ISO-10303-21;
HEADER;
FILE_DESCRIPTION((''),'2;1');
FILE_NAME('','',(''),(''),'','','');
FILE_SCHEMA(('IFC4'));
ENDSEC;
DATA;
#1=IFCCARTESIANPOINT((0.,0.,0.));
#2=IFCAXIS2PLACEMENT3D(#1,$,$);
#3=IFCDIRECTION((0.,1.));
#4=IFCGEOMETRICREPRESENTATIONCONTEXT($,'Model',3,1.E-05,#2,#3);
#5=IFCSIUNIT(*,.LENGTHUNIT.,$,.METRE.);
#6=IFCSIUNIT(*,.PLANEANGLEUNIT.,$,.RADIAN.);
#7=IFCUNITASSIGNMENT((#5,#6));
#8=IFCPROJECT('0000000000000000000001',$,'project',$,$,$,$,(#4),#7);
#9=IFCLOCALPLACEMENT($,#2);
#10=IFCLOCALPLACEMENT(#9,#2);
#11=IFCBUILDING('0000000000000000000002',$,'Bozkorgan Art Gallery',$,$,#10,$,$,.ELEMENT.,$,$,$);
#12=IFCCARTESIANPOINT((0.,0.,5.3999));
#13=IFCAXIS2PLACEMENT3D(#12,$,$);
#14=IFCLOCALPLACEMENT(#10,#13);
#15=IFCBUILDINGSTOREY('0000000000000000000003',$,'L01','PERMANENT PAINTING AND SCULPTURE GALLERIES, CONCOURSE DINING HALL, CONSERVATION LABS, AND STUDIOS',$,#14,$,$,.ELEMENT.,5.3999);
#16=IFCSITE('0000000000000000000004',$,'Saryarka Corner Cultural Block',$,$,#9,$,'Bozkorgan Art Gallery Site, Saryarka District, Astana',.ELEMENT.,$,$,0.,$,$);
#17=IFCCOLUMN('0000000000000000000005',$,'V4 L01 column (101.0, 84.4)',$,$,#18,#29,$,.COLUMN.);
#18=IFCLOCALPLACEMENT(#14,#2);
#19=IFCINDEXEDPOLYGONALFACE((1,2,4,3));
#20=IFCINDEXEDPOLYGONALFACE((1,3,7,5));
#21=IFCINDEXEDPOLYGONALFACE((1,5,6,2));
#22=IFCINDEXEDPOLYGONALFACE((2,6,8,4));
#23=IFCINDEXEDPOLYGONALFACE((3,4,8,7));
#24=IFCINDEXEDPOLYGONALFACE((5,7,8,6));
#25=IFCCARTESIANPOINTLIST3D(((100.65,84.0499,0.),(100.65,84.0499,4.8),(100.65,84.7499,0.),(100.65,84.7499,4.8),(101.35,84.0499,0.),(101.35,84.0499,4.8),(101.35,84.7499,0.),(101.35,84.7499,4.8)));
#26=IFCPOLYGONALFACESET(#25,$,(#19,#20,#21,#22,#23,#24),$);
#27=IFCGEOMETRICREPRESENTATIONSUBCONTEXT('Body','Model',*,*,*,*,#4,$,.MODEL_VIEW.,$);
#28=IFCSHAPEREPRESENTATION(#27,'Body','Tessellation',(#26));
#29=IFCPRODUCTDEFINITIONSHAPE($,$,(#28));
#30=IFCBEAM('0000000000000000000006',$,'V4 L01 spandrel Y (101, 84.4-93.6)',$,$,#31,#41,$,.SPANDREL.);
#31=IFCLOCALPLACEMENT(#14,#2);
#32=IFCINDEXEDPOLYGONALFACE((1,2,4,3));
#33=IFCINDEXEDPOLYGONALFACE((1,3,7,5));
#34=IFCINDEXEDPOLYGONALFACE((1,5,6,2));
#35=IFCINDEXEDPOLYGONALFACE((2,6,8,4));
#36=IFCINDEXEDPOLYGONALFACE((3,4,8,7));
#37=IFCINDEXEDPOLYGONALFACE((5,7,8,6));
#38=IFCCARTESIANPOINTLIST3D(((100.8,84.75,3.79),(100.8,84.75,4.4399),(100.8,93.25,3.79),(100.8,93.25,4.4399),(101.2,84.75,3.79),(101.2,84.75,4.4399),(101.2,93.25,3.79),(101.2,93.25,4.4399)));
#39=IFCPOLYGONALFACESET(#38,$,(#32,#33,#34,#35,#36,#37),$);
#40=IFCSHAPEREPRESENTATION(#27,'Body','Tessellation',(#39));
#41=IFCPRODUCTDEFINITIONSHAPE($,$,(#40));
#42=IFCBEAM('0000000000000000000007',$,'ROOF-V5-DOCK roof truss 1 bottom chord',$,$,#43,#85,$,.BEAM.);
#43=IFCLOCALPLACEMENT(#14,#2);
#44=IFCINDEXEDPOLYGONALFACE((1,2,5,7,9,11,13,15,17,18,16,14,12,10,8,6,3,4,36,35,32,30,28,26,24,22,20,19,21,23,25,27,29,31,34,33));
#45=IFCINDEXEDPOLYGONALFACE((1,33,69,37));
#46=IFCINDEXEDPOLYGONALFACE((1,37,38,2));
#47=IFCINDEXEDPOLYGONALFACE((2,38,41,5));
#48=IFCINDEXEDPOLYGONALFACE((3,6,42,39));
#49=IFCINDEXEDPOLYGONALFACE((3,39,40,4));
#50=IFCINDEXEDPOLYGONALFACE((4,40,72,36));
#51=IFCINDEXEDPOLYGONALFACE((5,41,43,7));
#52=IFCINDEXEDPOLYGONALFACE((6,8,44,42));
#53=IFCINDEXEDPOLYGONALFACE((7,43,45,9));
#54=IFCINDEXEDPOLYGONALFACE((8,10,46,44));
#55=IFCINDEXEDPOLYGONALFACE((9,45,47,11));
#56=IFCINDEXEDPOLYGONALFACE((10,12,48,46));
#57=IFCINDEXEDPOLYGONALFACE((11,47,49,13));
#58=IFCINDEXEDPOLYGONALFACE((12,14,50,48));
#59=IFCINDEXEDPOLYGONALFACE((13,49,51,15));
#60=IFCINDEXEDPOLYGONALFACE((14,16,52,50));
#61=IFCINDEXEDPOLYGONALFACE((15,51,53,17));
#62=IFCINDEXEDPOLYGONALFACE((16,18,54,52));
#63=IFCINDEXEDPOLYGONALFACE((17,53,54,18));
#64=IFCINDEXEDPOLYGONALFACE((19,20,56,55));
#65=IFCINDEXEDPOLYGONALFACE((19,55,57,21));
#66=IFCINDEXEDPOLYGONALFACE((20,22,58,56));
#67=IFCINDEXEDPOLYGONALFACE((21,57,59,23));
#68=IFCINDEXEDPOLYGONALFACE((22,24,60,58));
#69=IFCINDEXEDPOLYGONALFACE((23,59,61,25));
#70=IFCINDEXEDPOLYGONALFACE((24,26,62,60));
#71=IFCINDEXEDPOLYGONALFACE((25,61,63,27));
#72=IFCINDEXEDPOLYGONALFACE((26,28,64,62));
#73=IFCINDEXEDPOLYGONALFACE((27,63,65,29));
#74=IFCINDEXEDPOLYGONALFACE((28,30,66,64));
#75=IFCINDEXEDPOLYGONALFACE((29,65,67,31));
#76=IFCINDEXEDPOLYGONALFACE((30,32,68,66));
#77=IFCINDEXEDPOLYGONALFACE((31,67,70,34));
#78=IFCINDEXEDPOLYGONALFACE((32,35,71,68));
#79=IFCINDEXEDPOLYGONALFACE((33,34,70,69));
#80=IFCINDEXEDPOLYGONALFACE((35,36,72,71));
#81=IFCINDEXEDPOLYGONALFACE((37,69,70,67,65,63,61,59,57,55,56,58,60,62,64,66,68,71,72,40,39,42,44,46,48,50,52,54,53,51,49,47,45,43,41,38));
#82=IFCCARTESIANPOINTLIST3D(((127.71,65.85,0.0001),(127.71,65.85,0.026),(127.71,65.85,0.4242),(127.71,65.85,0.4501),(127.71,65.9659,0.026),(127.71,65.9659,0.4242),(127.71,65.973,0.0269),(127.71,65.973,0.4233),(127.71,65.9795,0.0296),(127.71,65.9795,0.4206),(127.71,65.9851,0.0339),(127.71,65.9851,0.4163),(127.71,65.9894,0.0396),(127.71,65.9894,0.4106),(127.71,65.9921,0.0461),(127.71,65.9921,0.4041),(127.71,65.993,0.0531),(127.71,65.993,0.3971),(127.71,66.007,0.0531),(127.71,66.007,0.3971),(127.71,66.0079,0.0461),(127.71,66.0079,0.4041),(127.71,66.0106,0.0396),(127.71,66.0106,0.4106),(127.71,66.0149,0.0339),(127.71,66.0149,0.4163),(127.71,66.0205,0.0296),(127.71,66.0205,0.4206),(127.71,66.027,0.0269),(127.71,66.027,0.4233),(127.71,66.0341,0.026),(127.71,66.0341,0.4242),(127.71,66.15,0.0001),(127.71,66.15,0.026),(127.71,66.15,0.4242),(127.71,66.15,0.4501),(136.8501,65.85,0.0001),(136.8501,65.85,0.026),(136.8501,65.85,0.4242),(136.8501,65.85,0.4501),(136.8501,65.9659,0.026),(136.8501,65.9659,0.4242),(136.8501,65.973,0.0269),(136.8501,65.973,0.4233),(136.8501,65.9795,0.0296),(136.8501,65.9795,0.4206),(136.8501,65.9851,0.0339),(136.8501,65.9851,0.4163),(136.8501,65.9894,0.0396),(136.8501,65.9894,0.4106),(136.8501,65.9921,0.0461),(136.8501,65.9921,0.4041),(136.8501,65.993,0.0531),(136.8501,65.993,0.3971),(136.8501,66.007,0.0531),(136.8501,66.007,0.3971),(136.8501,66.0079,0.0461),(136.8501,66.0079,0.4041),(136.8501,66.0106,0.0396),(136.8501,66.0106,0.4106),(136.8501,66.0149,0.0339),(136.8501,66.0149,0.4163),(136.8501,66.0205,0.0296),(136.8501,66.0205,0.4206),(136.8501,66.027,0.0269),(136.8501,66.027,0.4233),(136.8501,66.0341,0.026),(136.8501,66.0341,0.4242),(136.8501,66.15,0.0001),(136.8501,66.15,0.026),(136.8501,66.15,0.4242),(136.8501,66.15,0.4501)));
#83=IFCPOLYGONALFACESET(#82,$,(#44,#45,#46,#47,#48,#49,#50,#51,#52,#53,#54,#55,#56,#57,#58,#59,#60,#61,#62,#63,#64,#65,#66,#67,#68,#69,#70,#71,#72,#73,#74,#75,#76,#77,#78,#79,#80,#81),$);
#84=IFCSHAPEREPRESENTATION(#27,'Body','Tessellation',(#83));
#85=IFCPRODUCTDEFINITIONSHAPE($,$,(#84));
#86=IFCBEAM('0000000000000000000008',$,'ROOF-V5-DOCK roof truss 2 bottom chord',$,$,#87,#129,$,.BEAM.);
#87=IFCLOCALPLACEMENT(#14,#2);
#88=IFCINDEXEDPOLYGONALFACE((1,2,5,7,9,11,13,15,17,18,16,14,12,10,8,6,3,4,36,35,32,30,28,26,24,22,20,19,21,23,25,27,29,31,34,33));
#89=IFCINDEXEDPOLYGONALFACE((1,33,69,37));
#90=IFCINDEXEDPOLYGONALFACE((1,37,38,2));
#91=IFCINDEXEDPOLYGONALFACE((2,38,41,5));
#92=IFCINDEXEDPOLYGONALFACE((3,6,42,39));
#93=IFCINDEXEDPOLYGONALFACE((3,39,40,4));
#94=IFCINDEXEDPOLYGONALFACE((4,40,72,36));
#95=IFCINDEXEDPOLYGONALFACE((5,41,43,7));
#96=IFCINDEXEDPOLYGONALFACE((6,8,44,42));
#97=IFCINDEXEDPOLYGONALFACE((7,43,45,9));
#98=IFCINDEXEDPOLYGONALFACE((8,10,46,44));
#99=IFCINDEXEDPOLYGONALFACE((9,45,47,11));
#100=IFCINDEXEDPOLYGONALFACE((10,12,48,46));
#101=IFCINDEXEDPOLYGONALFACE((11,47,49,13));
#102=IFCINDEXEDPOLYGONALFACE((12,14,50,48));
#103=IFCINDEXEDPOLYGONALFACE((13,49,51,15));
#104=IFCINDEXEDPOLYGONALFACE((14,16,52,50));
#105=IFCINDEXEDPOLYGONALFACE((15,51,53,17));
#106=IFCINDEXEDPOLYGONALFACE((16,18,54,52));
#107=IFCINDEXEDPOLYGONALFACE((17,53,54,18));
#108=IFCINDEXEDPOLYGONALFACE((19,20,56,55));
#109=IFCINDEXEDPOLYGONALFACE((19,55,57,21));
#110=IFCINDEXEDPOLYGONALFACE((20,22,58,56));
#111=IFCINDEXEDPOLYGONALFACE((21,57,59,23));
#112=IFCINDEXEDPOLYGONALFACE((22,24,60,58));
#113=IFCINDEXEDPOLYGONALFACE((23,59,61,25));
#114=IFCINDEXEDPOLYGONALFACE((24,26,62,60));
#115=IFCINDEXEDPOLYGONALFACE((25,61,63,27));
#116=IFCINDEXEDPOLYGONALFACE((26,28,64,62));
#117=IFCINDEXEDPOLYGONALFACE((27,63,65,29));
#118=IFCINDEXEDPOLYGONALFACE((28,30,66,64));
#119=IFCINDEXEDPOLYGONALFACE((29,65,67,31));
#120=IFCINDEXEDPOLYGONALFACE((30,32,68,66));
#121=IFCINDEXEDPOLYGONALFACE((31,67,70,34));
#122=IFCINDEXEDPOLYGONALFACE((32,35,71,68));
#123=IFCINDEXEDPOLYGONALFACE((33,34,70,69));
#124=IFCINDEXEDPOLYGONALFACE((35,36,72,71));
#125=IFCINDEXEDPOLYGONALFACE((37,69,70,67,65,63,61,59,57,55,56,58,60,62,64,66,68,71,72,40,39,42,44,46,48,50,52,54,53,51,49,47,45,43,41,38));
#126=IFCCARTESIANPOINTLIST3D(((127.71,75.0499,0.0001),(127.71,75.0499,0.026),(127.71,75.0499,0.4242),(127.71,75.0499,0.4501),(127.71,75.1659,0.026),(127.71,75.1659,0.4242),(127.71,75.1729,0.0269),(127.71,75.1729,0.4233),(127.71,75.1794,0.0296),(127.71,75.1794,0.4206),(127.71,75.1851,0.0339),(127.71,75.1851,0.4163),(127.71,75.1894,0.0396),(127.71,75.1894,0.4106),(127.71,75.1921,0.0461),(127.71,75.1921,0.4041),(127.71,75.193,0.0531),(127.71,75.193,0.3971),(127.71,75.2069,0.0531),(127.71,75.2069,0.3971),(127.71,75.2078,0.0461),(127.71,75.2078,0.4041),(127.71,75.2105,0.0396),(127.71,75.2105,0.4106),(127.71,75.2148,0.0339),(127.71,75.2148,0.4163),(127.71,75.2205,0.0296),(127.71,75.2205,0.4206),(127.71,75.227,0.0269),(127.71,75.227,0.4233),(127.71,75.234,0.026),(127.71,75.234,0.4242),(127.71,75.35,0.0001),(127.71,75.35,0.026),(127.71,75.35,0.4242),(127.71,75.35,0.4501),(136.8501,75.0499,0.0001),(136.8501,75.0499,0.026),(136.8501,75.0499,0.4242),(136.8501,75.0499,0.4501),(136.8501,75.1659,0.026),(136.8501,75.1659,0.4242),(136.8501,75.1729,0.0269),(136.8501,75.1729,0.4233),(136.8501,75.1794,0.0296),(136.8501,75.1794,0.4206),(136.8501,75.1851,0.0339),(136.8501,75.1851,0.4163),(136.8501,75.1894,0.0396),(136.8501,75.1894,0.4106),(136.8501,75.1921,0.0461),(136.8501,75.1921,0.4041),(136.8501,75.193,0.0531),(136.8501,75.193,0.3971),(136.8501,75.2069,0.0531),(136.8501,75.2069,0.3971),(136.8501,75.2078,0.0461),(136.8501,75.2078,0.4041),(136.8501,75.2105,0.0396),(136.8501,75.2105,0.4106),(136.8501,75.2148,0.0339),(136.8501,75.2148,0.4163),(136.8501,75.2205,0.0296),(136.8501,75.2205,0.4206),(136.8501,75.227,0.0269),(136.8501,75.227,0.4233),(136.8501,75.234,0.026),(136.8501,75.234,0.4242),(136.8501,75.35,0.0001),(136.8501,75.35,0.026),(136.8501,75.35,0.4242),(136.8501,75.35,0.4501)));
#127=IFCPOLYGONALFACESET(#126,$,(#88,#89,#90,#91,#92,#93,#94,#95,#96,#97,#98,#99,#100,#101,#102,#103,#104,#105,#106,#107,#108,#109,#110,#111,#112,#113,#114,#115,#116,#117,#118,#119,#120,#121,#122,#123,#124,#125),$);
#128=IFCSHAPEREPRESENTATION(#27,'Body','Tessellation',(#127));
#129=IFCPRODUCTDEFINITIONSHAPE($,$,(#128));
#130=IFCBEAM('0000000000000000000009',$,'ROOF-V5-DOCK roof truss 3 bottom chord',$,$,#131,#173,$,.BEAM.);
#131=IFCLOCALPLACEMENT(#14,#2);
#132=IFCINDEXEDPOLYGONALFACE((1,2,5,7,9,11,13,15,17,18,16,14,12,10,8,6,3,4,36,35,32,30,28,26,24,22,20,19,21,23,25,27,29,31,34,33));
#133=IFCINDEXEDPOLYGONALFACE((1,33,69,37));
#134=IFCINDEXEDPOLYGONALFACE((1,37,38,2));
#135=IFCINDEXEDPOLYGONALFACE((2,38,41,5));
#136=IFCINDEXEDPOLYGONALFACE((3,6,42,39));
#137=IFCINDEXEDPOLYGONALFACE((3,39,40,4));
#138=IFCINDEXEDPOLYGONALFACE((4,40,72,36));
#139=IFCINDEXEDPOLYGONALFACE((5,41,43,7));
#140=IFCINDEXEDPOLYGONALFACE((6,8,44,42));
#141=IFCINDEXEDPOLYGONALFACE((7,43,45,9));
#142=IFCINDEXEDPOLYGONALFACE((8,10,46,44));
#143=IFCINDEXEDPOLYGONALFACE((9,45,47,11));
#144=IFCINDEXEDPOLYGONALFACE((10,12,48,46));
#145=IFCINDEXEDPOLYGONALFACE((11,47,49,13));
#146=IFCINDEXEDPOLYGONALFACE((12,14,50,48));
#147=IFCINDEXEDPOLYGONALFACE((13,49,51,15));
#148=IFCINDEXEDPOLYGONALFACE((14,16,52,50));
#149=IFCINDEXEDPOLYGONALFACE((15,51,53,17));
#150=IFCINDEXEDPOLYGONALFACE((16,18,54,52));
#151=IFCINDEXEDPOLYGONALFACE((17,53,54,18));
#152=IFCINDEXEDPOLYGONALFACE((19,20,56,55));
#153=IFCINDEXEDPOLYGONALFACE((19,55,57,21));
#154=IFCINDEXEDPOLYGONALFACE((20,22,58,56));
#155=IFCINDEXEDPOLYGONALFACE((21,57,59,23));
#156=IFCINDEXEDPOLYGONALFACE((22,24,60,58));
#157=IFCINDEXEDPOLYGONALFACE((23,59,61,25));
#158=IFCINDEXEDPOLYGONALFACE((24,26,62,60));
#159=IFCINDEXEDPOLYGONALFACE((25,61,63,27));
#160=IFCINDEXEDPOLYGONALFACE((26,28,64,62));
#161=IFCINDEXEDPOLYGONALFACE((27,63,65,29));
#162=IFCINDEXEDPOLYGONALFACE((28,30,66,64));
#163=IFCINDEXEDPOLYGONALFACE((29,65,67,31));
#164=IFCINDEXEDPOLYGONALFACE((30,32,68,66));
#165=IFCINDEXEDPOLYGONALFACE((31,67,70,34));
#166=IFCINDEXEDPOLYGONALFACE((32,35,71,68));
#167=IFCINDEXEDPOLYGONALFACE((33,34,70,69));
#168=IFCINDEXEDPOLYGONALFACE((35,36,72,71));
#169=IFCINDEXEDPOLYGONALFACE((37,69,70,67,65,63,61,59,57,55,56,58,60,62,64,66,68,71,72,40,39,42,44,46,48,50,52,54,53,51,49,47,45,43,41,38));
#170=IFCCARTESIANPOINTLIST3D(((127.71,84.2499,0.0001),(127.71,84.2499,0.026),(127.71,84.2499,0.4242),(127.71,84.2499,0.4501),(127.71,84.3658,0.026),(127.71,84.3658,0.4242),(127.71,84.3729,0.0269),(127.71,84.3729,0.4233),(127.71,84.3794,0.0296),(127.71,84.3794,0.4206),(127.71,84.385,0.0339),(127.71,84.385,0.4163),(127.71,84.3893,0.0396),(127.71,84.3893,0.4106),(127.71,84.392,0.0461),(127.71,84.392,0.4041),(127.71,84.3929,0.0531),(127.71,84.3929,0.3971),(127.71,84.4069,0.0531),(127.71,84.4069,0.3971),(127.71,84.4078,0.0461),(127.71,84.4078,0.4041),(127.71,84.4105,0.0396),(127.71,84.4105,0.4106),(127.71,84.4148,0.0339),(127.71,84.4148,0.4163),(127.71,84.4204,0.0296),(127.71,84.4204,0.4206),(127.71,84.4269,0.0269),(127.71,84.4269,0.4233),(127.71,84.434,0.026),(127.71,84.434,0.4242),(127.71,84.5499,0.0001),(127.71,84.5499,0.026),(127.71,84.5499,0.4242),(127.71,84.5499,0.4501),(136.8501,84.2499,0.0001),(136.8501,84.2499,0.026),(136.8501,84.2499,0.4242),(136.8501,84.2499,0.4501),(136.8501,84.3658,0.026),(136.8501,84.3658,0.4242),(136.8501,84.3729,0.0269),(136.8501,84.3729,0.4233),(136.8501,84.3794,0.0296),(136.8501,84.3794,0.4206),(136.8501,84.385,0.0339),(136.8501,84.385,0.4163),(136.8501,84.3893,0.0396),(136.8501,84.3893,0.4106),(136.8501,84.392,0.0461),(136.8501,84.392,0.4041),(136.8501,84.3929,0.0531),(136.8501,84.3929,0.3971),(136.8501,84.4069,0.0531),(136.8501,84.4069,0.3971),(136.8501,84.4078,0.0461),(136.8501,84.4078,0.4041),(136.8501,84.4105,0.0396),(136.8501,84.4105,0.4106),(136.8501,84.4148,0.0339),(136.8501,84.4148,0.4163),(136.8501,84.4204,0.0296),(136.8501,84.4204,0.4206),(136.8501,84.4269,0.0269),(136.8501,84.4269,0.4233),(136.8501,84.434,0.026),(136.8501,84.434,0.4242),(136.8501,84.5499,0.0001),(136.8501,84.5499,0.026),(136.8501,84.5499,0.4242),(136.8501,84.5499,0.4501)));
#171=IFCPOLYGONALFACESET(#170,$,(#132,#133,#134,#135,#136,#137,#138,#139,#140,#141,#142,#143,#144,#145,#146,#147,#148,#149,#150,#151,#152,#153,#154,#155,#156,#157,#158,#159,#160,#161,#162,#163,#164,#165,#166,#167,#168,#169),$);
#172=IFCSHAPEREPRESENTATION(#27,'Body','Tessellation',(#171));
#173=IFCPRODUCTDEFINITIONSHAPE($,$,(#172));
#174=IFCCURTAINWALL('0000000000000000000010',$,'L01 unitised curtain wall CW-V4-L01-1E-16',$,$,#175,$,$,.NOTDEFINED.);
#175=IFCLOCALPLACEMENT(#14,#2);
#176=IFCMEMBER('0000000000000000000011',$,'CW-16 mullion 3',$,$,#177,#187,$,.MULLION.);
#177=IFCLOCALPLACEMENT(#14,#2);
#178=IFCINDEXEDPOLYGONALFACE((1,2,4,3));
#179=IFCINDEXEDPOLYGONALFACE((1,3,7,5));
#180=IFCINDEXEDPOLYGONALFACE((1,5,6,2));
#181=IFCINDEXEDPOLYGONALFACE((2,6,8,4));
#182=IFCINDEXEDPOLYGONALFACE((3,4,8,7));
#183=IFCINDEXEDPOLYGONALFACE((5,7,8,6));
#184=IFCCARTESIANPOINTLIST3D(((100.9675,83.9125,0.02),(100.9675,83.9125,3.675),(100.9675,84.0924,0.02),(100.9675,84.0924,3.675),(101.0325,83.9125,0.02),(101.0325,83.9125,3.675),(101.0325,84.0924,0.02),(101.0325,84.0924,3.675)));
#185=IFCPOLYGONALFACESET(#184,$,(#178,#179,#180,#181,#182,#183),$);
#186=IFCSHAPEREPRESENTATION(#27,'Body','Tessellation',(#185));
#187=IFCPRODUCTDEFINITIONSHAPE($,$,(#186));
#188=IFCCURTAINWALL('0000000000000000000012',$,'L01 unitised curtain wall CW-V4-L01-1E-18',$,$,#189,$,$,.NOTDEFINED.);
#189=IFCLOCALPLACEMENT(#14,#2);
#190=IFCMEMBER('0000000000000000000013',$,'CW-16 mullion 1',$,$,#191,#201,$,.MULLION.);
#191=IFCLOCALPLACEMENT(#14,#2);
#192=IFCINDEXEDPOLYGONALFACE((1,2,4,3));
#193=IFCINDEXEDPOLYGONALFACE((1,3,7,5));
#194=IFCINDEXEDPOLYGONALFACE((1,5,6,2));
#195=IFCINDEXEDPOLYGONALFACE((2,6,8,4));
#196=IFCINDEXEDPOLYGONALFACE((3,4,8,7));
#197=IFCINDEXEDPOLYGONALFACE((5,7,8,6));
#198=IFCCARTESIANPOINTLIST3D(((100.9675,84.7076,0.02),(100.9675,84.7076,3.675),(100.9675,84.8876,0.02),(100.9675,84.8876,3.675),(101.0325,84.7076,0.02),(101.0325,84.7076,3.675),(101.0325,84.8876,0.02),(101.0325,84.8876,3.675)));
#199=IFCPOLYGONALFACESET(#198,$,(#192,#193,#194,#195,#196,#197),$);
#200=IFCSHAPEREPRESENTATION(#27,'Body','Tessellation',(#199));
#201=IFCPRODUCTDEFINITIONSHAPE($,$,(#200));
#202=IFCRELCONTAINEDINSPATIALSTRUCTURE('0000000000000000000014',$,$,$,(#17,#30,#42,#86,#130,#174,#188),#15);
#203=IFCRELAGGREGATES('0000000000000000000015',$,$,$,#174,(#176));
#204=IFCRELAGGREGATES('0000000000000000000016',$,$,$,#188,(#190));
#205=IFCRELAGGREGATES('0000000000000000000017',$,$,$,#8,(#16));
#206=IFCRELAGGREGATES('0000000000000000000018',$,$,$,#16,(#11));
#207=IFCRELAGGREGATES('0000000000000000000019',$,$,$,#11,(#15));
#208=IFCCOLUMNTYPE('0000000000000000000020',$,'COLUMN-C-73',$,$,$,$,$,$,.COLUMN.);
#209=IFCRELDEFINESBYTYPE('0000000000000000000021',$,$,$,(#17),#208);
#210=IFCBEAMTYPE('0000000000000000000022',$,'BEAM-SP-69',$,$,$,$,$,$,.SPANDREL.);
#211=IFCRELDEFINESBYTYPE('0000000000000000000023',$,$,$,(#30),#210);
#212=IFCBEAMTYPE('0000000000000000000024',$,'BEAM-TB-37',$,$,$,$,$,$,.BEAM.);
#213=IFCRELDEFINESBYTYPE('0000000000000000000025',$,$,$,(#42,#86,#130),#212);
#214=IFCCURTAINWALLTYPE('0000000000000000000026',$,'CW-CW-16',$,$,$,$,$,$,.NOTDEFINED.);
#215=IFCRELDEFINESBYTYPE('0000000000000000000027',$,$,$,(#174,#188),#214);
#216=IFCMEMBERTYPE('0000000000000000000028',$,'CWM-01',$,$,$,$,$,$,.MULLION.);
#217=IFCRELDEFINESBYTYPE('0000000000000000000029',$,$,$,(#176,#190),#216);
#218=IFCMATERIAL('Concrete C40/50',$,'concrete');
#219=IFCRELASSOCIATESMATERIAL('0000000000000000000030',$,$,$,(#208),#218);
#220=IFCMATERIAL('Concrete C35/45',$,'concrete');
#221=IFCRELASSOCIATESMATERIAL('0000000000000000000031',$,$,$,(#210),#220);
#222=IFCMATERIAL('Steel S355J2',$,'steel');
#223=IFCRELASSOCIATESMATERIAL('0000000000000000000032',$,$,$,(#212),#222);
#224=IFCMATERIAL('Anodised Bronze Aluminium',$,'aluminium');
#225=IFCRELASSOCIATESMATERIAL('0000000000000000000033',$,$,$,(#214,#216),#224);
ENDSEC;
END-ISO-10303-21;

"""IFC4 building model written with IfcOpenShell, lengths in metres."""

from ifc_helpers import new_model, si_unit, direction, frame, origin, origin_2d, place, context, subcontext, project, spatial, rectangle, i_section, extrude, material, material_profile, profile_set, type_object, element, aggregate, save


model = new_model("IFC4")

# Units and contexts
model_context = context("Model", 3, precision=1e-05, world=origin(), true_north=direction((0.0, 1.0)))
body_context = subcontext(model_context, "Body", "Model", "MODEL_VIEW")
ifc_project = project(units=[si_unit("LENGTHUNIT", "METRE"), si_unit("PLANEANGLEUNIT", "RADIAN")], contexts=[model_context])

# Site, building, storey
site_placement = place(None, origin())
site = spatial("IfcSite", under=ifc_project, at=site_placement, Name="Saryarka Corner Cultural Block", LongName="Bozkorgan Art Gallery Site, Saryarka District, Astana", CompositionType="ELEMENT", RefElevation=0.0)
building_placement = place(site_placement, origin())
building = spatial("IfcBuilding", under=site, at=building_placement, Name="Bozkorgan Art Gallery", CompositionType="ELEMENT")
storey_placement = place(building_placement, frame((0.0, 0.0, 5.3999)))
storey = spatial("IfcBuildingStorey", under=building, at=storey_placement, Name="L01", Description="PERMANENT PAINTING AND SCULPTURE GALLERIES, CONCOURSE DINING HALL, CONSERVATION LABS, AND STUDIOS", CompositionType="ELEMENT", Elevation=5.3999)

# Column
ifc_material_1 = material(Name="Concrete C40/50", Category="concrete")
ifc_material_profile_1 = material_profile(ifc_material_1, rectangle(XDim=0.7, YDim=0.7, at=origin_2d()), Name="RC 700x700")
ifc_profile_set_1 = profile_set([ifc_material_profile_1], Name="Concrete C40/50")
column_type = type_object("IfcColumnType", Name="COLUMN-C-73", PredefinedType="COLUMN", material=ifc_profile_set_1)
column_placement = place(storey_placement, frame((101.0, 84.3999, 0.0), z_axis=(0.0, 0.0, 1.0), x_axis=(1.0, 0.0, 0.0)))
element("IfcColumn", 1, at=column_placement, inside=storey, type_object=column_type, Name="V4 L01 column (101.0, 84.4)", PredefinedType="COLUMN", context=body_context, shape_type="SweptSolid", body=[
    extrude(rectangle(XDim=0.7, YDim=0.7, at=origin_2d()), origin(), (0.0, 0.0, 1.0), 4.8),
])

# Beams
ifc_material_2 = material(Name="Concrete C35/45", Category="concrete")
ifc_material_profile_2 = material_profile(ifc_material_2, rectangle(XDim=0.3999, YDim=0.6499, at=origin_2d()), Name="RC 400x650")
ifc_profile_set_2 = profile_set([ifc_material_profile_2], Name="Concrete C35/45")
beam_type_1 = type_object("IfcBeamType", Name="BEAM-SP-69", PredefinedType="SPANDREL", material=ifc_profile_set_2)
beam_placement = place(storey_placement, frame((101.0, 84.75, 4.115), z_axis=(0.0, 1.0, 0.0), x_axis=(-1.0, 0.0, 0.0)))
element("IfcBeam", 2, at=beam_placement, inside=storey, type_object=beam_type_1, Name="V4 L01 spandrel Y (101, 84.4-93.6)", PredefinedType="SPANDREL", context=body_context, shape_type="SweptSolid", body=[
    extrude(rectangle(XDim=0.3999, YDim=0.6499, at=origin_2d()), origin(), (0.0, 0.0, 1.0), 8.5),
])
ifc_material_3 = material(Name="Steel S355J2", Category="steel")
ifc_material_profile_3 = material_profile(ifc_material_3, i_section(OverallWidth=0.3, OverallDepth=0.45, WebThickness=0.0139, FlangeThickness=0.0259, FilletRadius=0.0271, at=origin_2d()), Name="HEB 450")
ifc_profile_set_3 = profile_set([ifc_material_profile_3], Name="Steel S355J2")
beam_type_2 = type_object("IfcBeamType", Name="BEAM-TB-37", PredefinedType="BEAM", material=ifc_profile_set_3)
for number, where, z_axis, x_axis, name in (
    (3, (127.71, 66.0, 0.2251), (1.0, 0.0, 0.0), (0.0, 1.0, 0.0), "ROOF-V5-DOCK roof truss 1 bottom chord"),
    (4, (127.71, 75.2, 0.2251), (1.0, 0.0, 0.0), (0.0, 1.0, 0.0), "ROOF-V5-DOCK roof truss 2 bottom chord"),
    (5, (127.71, 84.3999, 0.2251), (1.0, 0.0, 0.0), (0.0, 1.0, 0.0), "ROOF-V5-DOCK roof truss 3 bottom chord"),
):
    element("IfcBeam", number, at=place(storey_placement, frame(where, z_axis=z_axis, x_axis=x_axis)), inside=storey, type_object=beam_type_2, Name=name, PredefinedType="BEAM", context=body_context, shape_type="SweptSolid", body=[
        extrude(i_section(OverallWidth=0.3, OverallDepth=0.45, WebThickness=0.0139, FlangeThickness=0.0259, FilletRadius=0.0271, at=origin_2d()), origin(), (0.0, 0.0, 1.0), 9.1401),
    ])

# Curtain wall, member
ifc_material_4 = material(Name="Anodised Bronze Aluminium", Category="aluminium")
curtain_wall_type = type_object("IfcCurtainWallType", Name="CW-CW-16", PredefinedType="NOTDEFINED", material=ifc_material_4)
curtain_wall_1_placement = place(storey_placement, origin())
curtain_wall_1 = element("IfcCurtainWall", 6, at=curtain_wall_1_placement, inside=storey, type_object=curtain_wall_type, Name="L01 unitised curtain wall CW-V4-L01-1E-16", PredefinedType="NOTDEFINED")
ifc_material_profile_4 = material_profile(ifc_material_4, rectangle(XDim=0.0649, YDim=0.1799, at=origin_2d()), Name="ALU MULLION 65x180")
ifc_profile_set_4 = profile_set([ifc_material_profile_4], Name="Anodised Bronze Aluminium")
member_type_1 = type_object("IfcMemberType", Name="CWM-01", PredefinedType="MULLION", material=ifc_profile_set_4)
member_1_placement = place(storey_placement, frame((101.0, 84.0024, 0.02), z_axis=(0.0, 0.0, 1.0), x_axis=(-1.0, 0.0, 0.0)))
member_1 = element("IfcMember", 7, at=member_1_placement, type_object=member_type_1, Name="CW-16 mullion 3", PredefinedType="MULLION", context=body_context, shape_type="SweptSolid", body=[
    extrude(rectangle(XDim=0.0649, YDim=0.1799, at=origin_2d()), origin(), (0.0, 0.0, 1.0), 3.655),
])
aggregate(curtain_wall_1, [member_1])

# Curtain wall, member
curtain_wall_2_placement = place(storey_placement, origin())
curtain_wall_2 = element("IfcCurtainWall", 8, at=curtain_wall_2_placement, inside=storey, type_object=curtain_wall_type, Name="L01 unitised curtain wall CW-V4-L01-1E-18", PredefinedType="NOTDEFINED")
member_2_placement = place(storey_placement, frame((101.0, 84.7976, 0.02), z_axis=(0.0, 0.0, 1.0), x_axis=(-1.0, 0.0, 0.0)))
member_2 = element("IfcMember", 9, at=member_2_placement, type_object=member_type_1, Name="CW-16 mullion 1", PredefinedType="MULLION", context=body_context, shape_type="SweptSolid", body=[
    extrude(rectangle(XDim=0.0649, YDim=0.1799, at=origin_2d()), origin(), (0.0, 0.0, 1.0), 3.655),
])

aggregate(curtain_wall_2, [member_2])

save(model, "model.ifc")
